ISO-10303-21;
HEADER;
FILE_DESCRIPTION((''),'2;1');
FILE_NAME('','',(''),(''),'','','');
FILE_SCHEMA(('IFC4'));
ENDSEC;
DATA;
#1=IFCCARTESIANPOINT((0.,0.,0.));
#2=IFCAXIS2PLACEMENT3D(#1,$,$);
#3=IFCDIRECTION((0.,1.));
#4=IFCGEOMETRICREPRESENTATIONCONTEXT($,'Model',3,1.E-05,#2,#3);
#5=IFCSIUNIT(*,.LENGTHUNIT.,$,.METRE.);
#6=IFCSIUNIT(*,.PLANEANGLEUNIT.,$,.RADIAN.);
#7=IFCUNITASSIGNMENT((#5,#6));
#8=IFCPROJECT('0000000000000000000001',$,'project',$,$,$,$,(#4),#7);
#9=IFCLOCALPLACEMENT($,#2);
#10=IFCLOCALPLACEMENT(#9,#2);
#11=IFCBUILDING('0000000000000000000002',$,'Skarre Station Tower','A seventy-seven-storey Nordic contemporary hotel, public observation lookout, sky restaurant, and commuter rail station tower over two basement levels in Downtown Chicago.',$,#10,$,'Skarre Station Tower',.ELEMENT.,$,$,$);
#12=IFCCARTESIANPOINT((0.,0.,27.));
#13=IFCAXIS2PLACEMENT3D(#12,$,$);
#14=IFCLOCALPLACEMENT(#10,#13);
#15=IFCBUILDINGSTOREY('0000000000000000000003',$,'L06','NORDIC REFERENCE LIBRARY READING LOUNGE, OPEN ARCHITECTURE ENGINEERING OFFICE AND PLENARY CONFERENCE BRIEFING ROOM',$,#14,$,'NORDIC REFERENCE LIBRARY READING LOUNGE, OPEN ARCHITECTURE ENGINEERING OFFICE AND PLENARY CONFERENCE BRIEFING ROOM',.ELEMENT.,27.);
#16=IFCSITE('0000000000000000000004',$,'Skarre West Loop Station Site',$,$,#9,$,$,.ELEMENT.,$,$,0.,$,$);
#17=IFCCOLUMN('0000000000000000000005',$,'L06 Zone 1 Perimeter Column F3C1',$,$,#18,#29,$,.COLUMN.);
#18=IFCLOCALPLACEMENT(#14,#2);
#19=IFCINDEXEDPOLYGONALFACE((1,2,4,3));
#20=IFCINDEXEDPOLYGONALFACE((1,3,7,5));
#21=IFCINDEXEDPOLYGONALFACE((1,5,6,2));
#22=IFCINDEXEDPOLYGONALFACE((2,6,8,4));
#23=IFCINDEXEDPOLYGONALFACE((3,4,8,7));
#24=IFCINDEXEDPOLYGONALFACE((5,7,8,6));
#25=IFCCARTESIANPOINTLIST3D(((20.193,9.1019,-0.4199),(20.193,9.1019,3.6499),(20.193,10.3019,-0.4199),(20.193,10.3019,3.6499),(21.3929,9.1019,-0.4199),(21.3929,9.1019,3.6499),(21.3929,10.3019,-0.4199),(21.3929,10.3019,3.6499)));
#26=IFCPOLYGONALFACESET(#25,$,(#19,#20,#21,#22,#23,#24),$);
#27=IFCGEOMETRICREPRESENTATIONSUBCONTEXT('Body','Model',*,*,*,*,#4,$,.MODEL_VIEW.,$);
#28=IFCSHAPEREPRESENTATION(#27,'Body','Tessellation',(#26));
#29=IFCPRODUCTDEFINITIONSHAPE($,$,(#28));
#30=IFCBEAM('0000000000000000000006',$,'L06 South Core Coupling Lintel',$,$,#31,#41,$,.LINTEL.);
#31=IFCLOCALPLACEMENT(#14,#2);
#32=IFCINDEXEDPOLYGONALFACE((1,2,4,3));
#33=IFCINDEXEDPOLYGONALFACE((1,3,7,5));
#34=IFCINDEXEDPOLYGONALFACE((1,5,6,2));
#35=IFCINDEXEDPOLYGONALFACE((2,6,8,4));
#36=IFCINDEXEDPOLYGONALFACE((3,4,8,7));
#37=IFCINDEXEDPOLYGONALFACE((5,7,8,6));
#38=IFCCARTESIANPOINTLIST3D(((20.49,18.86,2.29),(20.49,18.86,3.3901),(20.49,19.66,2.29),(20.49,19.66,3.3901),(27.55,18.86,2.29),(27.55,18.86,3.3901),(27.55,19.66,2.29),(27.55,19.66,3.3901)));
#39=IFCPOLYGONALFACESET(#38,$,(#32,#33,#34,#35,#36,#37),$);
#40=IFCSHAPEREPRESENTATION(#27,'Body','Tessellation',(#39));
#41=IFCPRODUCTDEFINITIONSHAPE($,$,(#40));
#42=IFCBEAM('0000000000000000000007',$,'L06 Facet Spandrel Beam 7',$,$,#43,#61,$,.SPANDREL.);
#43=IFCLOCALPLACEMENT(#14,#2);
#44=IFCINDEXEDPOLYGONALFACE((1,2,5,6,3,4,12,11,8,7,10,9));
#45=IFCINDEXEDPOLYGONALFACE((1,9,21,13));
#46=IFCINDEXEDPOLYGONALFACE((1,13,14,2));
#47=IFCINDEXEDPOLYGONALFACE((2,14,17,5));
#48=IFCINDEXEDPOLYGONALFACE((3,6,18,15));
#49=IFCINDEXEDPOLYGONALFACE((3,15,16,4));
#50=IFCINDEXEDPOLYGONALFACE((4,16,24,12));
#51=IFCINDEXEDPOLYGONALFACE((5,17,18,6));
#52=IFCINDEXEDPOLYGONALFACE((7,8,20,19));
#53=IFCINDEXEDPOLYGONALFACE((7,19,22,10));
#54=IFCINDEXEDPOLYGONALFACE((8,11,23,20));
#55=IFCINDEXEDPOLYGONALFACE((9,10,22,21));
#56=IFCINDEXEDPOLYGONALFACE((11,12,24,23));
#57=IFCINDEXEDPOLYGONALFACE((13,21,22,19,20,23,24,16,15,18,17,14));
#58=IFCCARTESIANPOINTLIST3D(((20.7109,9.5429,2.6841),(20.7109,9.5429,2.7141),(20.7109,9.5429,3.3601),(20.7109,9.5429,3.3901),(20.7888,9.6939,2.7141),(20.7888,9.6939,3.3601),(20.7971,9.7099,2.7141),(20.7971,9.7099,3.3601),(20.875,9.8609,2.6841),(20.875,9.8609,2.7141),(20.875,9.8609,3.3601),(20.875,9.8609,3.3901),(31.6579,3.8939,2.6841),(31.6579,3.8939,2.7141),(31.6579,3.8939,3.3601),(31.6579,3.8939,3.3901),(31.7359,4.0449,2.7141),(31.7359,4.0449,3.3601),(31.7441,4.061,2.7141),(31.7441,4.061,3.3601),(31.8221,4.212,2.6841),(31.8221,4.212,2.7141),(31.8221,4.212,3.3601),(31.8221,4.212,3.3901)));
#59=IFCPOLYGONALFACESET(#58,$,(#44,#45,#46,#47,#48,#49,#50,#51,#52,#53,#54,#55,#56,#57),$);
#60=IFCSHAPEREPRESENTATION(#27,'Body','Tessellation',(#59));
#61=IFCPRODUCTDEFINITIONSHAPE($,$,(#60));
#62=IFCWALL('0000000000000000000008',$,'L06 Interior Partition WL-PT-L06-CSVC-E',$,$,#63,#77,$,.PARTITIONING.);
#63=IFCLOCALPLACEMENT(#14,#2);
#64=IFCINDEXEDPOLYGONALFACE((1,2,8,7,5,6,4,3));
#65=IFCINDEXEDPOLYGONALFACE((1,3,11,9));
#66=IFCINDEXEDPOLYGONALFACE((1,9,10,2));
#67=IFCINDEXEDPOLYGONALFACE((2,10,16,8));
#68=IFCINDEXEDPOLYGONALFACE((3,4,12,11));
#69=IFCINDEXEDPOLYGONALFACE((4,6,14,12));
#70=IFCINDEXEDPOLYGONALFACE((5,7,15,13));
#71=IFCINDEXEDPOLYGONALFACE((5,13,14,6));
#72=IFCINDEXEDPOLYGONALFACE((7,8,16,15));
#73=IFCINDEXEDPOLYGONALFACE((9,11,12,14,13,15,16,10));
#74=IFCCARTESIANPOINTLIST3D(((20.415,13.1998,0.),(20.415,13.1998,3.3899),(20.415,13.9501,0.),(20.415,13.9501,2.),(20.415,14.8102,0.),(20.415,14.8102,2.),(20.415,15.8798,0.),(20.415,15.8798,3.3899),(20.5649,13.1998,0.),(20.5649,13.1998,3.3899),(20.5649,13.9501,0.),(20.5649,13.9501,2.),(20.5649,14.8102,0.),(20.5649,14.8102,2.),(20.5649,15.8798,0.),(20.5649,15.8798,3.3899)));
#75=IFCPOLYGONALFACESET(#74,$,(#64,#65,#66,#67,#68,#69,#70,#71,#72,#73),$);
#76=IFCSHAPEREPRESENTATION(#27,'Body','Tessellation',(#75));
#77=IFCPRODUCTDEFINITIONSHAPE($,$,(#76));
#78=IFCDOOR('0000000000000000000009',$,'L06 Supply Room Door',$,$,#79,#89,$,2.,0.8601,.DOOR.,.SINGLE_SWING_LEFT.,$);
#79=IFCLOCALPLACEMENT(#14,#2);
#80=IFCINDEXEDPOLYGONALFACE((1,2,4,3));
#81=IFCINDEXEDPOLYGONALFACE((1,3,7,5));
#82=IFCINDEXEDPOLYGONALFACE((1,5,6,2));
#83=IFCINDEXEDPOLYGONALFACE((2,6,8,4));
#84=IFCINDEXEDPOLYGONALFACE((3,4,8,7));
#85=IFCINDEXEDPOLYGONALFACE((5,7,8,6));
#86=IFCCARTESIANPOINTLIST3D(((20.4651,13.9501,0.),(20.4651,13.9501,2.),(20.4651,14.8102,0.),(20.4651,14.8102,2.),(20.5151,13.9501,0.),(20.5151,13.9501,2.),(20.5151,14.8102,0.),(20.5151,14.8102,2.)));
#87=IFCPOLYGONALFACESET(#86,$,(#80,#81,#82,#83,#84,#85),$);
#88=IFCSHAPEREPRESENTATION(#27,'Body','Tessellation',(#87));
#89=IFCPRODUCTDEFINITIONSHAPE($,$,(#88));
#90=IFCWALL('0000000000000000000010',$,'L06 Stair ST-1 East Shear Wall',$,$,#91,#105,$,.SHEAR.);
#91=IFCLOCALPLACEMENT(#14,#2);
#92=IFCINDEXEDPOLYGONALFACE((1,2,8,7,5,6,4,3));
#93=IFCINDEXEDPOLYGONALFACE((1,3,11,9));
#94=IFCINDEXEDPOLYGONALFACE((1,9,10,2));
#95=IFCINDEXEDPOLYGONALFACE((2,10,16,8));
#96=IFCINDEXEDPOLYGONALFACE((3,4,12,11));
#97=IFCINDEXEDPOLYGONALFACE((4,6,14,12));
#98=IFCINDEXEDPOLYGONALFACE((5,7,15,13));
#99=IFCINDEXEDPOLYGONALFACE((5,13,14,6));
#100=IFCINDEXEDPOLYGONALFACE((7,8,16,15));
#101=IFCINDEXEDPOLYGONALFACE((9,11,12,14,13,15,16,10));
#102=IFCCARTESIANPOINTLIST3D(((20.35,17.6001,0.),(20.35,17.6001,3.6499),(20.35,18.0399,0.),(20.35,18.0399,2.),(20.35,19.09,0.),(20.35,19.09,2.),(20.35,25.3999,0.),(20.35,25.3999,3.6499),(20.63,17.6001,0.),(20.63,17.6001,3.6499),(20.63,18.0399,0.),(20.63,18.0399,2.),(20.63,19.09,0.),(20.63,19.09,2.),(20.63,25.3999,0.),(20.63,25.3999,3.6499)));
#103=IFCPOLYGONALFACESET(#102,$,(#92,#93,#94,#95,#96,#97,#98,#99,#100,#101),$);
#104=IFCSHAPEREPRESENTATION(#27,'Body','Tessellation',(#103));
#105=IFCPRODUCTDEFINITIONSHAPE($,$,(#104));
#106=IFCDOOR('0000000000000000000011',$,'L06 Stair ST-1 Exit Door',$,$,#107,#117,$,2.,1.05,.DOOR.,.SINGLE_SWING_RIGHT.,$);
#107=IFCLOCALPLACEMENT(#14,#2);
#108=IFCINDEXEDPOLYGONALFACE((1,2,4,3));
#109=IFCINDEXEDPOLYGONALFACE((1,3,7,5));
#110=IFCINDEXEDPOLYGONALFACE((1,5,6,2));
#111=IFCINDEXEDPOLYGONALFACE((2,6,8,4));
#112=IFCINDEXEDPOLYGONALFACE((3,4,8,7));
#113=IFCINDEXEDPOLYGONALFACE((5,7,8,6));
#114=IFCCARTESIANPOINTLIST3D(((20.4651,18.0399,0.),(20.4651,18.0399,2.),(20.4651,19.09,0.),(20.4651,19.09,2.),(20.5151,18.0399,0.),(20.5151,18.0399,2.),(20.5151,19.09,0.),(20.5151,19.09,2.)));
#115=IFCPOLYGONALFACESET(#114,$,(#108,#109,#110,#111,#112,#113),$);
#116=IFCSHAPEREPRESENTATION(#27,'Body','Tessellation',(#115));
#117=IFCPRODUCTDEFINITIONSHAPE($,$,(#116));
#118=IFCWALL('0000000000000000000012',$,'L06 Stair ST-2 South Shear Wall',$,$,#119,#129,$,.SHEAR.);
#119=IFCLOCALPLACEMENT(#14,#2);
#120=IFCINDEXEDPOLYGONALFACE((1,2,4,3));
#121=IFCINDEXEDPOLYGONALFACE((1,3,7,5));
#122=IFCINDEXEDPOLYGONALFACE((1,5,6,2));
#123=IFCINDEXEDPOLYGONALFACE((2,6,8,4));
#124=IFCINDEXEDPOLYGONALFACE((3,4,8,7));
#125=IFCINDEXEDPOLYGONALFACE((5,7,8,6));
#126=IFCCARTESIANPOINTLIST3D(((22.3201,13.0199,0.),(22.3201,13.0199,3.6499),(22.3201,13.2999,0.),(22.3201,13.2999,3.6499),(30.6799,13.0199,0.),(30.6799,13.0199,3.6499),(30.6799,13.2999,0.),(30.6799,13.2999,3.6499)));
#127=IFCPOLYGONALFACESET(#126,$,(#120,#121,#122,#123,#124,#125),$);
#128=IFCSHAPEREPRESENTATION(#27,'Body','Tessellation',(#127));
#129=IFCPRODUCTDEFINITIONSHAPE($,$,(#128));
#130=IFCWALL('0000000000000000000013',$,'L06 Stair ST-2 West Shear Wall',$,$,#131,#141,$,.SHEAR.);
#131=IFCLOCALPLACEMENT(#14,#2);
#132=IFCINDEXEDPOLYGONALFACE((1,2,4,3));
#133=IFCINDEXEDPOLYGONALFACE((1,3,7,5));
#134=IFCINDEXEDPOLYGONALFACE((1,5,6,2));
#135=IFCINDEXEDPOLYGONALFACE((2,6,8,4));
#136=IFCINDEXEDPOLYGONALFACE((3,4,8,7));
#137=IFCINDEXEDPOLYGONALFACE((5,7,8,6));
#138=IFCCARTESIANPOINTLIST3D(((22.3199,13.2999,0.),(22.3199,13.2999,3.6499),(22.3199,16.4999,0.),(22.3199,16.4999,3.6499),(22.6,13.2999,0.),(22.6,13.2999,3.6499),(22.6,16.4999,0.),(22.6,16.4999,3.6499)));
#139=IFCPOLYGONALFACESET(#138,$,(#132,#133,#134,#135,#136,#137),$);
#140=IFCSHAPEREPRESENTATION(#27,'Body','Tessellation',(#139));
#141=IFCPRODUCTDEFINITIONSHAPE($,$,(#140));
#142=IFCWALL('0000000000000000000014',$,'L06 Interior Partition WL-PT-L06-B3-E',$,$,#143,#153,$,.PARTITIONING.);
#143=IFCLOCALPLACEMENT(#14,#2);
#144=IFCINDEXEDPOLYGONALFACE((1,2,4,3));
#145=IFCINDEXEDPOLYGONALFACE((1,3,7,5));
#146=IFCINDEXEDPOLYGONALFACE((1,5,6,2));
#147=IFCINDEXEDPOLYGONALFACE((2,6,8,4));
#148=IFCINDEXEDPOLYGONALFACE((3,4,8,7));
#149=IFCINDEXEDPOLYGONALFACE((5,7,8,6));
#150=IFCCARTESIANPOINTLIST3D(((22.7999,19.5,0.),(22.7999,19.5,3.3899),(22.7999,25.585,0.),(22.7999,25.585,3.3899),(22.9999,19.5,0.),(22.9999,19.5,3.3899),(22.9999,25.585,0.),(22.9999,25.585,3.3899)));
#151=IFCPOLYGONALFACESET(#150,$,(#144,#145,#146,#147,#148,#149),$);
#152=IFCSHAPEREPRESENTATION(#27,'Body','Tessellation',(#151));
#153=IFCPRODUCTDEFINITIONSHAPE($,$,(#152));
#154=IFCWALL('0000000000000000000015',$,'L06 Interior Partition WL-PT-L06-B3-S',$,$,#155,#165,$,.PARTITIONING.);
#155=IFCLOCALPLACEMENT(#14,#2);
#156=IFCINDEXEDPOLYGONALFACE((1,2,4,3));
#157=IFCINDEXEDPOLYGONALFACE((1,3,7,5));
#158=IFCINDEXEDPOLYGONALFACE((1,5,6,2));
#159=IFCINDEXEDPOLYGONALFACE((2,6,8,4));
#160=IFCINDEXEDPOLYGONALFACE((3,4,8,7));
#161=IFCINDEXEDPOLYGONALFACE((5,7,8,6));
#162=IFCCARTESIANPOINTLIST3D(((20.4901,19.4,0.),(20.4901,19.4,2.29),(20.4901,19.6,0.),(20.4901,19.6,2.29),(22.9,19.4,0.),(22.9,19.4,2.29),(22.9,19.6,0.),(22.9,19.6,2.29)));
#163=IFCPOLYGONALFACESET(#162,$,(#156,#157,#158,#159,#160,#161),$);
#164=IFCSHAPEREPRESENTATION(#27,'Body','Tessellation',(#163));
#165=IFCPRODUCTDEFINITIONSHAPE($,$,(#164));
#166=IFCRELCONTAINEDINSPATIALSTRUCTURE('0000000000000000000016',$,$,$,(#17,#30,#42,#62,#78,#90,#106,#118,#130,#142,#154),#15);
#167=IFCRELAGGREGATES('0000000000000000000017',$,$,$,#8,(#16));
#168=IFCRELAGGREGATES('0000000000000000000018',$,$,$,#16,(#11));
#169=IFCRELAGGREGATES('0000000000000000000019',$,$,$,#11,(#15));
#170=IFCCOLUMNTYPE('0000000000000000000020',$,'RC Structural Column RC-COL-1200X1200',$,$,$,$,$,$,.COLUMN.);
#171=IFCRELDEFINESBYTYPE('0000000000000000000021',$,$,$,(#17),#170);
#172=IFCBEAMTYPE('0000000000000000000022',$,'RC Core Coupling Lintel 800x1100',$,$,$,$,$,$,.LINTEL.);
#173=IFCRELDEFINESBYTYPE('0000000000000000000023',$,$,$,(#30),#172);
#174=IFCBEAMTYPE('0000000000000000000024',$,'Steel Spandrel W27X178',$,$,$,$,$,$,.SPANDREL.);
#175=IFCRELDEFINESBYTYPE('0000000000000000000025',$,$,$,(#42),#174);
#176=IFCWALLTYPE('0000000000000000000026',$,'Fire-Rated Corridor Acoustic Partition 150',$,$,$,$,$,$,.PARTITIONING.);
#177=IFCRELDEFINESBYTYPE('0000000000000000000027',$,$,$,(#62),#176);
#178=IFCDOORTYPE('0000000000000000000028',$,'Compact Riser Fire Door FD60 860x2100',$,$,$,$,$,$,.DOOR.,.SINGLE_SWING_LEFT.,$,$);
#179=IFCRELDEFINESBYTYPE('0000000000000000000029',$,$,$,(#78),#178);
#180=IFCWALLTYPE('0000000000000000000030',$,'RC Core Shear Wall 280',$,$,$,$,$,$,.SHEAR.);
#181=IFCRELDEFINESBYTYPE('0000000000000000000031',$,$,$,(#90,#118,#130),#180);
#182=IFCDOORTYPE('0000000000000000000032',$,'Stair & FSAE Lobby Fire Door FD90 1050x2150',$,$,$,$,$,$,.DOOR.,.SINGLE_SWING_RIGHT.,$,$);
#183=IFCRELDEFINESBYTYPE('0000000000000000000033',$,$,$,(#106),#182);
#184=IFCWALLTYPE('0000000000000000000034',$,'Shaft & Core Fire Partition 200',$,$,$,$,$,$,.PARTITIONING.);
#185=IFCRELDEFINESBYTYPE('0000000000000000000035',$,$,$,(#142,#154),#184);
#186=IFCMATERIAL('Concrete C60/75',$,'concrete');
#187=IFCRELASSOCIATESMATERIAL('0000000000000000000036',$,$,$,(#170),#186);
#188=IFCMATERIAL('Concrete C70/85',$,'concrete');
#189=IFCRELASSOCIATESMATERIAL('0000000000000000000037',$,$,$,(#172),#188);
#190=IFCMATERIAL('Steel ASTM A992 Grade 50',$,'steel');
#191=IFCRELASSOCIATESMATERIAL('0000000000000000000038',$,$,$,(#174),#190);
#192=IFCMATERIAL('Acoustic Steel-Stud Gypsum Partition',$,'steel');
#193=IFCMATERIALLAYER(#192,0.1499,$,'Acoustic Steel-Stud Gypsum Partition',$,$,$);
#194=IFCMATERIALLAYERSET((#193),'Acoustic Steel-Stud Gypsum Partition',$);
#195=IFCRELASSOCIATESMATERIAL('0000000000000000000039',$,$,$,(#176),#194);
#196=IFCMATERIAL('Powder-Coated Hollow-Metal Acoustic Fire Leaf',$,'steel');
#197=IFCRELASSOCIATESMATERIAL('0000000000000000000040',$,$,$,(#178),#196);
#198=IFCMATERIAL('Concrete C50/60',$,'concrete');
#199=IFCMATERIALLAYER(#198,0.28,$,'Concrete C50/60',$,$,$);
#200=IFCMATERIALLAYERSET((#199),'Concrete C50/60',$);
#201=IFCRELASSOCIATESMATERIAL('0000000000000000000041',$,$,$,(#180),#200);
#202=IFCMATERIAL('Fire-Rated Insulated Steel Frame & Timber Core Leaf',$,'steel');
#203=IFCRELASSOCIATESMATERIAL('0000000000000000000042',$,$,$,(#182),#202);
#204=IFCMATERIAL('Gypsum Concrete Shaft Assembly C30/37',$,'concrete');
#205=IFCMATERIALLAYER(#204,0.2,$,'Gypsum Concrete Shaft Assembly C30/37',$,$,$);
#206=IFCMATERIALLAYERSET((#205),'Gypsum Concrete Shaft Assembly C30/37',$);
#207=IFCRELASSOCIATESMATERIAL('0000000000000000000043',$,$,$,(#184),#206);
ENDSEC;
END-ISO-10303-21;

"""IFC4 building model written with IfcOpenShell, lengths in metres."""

from ifc_helpers import new_model, si_unit, direction, frame, frame_2d, origin, origin_2d, place, context, subcontext, project, spatial, rectangle, i_section, extrude, material, layer, layer_set, material_profile, profile_set, type_object, element, fill, save


model = new_model("IFC4")

# Units and contexts
model_context = context("Model", 3, precision=1e-05, world=origin(), true_north=direction((0.0, 1.0)))
body_context = subcontext(model_context, "Body", "Model", "MODEL_VIEW")
ifc_project = project(units=[si_unit("LENGTHUNIT", "METRE"), si_unit("PLANEANGLEUNIT", "RADIAN")], contexts=[model_context])

# Site, building, storey
site_placement = place(None, origin())
site = spatial("IfcSite", under=ifc_project, at=site_placement, Name="Skarre West Loop Station Site", CompositionType="ELEMENT", RefElevation=0.0)
building_placement = place(site_placement, origin())
building = spatial("IfcBuilding", under=site, at=building_placement, Name="Skarre Station Tower", Description="A seventy-seven-storey Nordic contemporary hotel, public observation lookout, sky restaurant, and commuter rail station tower over two basement levels in Downtown Chicago.", LongName="Skarre Station Tower", CompositionType="ELEMENT")
storey_placement = place(building_placement, frame((0.0, 0.0, 27.0)))
storey = spatial("IfcBuildingStorey", under=building, at=storey_placement, Name="L06", Description="NORDIC REFERENCE LIBRARY READING LOUNGE, OPEN ARCHITECTURE ENGINEERING OFFICE AND PLENARY CONFERENCE BRIEFING ROOM", LongName="NORDIC REFERENCE LIBRARY READING LOUNGE, OPEN ARCHITECTURE ENGINEERING OFFICE AND PLENARY CONFERENCE BRIEFING ROOM", CompositionType="ELEMENT", Elevation=27.0)

# Column
ifc_material_1 = material(Name="Concrete C60/75", Category="concrete")
ifc_material_profile_1 = material_profile(ifc_material_1, rectangle(XDim=1.2, YDim=1.2, at=origin_2d()), Name="Concrete C60/75")
ifc_profile_set_1 = profile_set([ifc_material_profile_1], Name="Concrete C60/75")
column_type = type_object("IfcColumnType", Name="RC Structural Column RC-COL-1200X1200", PredefinedType="COLUMN", material=ifc_profile_set_1)
column_placement = place(storey_placement, frame((20.793, 9.7019, -0.4199), z_axis=(0.0, 0.0, 1.0), x_axis=(1.0, 0.0, 0.0)))
element("IfcColumn", 1, at=column_placement, inside=storey, type_object=column_type, Name="L06 Zone 1 Perimeter Column F3C1", PredefinedType="COLUMN", context=body_context, shape_type="SweptSolid", body=[
    extrude(rectangle(XDim=1.2, YDim=1.2, at=origin_2d()), origin(), (0.0, 0.0, 1.0), 4.0698),
])

# Beams
ifc_material_2 = material(Name="Concrete C70/85", Category="concrete")
ifc_material_profile_2 = material_profile(ifc_material_2, rectangle(XDim=0.8, YDim=1.1001, at=origin_2d()), Name="Concrete C70/85")
ifc_profile_set_2 = profile_set([ifc_material_profile_2], Name="Concrete C70/85")
beam_type_1 = type_object("IfcBeamType", Name="RC Core Coupling Lintel 800x1100", PredefinedType="LINTEL", material=ifc_profile_set_2)
beam_1_placement = place(storey_placement, frame((20.49, 19.26, 2.8401), z_axis=(1.0, 0.0, 0.0), x_axis=(0.0, 1.0, 0.0)))
element("IfcBeam", 2, at=beam_1_placement, inside=storey, type_object=beam_type_1, Name="L06 South Core Coupling Lintel", PredefinedType="LINTEL", context=body_context, shape_type="SweptSolid", body=[
    extrude(rectangle(XDim=0.8, YDim=1.1001, at=origin_2d()), origin(), (0.0, 0.0, 1.0), 7.0601),
])
ifc_material_3 = material(Name="Steel ASTM A992 Grade 50", Category="steel")
ifc_material_profile_3 = material_profile(ifc_material_3, i_section(OverallWidth=0.3579, OverallDepth=0.7061, WebThickness=0.0181, FlangeThickness=0.03, at=origin_2d()), Name="Steel ASTM A992 Grade 50")
ifc_profile_set_3 = profile_set([ifc_material_profile_3], Name="Steel ASTM A992 Grade 50")
beam_type_2 = type_object("IfcBeamType", Name="Steel Spandrel W27X178", PredefinedType="SPANDREL", material=ifc_profile_set_3)
beam_2_placement = place(storey_placement, frame((20.793, 9.7019, 3.0371), z_axis=(0.888659, -0.458569, 0.0), x_axis=(0.458569, 0.888659, 0.0)))
element("IfcBeam", 3, at=beam_2_placement, inside=storey, type_object=beam_type_2, Name="L06 Facet Spandrel Beam 7", PredefinedType="SPANDREL", context=body_context, shape_type="SweptSolid", body=[
    extrude(i_section(OverallWidth=0.3579, OverallDepth=0.7061, WebThickness=0.0181, FlangeThickness=0.03, at=origin_2d()), origin(), (0.0, 0.0, 1.0), 12.3186),
])

# Walls, openings, doors
ifc_material_4 = material(Name="Acoustic Steel-Stud Gypsum Partition", Category="steel")
ifc_layer_1 = layer(ifc_material_4, 0.1499, Name="Acoustic Steel-Stud Gypsum Partition")
ifc_layer_set_1 = layer_set([ifc_layer_1], Name="Acoustic Steel-Stud Gypsum Partition")
wall_type_1 = type_object("IfcWallType", Name="Fire-Rated Corridor Acoustic Partition 150", PredefinedType="PARTITIONING", material=ifc_layer_set_1)
wall_1_placement = place(storey_placement, frame((20.49, 13.2, 0.0), z_axis=(0.0, 0.0, 1.0), x_axis=(0.0, 1.0, 0.0)))
wall_1 = element("IfcWall", 4, at=wall_1_placement, inside=storey, type_object=wall_type_1, Name="L06 Interior Partition WL-PT-L06-CSVC-E", PredefinedType="PARTITIONING", context=body_context, shape_type="SweptSolid", body=[
    extrude(rectangle(XDim=2.6799, YDim=0.1499, at=frame_2d((1.3398, 0.0))), origin(), (0.0, 0.0, 1.0), 3.3899),
])
opening_1_placement = place(wall_1_placement, frame((0.75, 0.0, 0.0)))
opening_1 = element("IfcOpeningElement", 5, at=opening_1_placement, cuts=wall_1, PredefinedType="OPENING", context=body_context, shape_type="SweptSolid", body=[
    extrude(rectangle(XDim=0.8601, YDim=2.0, at=frame_2d((0.4302, 1.0))), frame((0.0, 0.085, 0.0), z_axis=(0.0, -1.0, 0.0), x_axis=(1.0, 0.0, 0.0)), (0.0, 0.0, 1.0), 0.1699),
])
ifc_material_5 = material(Name="Powder-Coated Hollow-Metal Acoustic Fire Leaf", Category="steel")
door_type_1 = type_object("IfcDoorType", Name="Compact Riser Fire Door FD60 860x2100", OperationType="SINGLE_SWING_LEFT", PredefinedType="DOOR", material=ifc_material_5)
door_1_placement = place(opening_1_placement, origin())
door_1 = element("IfcDoor", 6, at=door_1_placement, inside=storey, type_object=door_type_1, Name="L06 Supply Room Door", OperationType="SINGLE_SWING_LEFT", OverallHeight=2.0, OverallWidth=0.8601, PredefinedType="DOOR", context=body_context, shape_type="SweptSolid", body=[
    extrude(rectangle(XDim=0.8601, YDim=2.0, at=frame_2d((0.4302, 1.0))), frame((0.0, 0.0249, 0.0), z_axis=(0.0, -1.0, 0.0), x_axis=(1.0, 0.0, 0.0)), (0.0, 0.0, 1.0), 0.05),
])
fill(opening_1, door_1)
ifc_material_6 = material(Name="Concrete C50/60", Category="concrete")
ifc_layer_2 = layer(ifc_material_6, 0.28, Name="Concrete C50/60")
ifc_layer_set_2 = layer_set([ifc_layer_2], Name="Concrete C50/60")
wall_type_2 = type_object("IfcWallType", Name="RC Core Shear Wall 280", PredefinedType="SHEAR", material=ifc_layer_set_2)
wall_2_placement = place(storey_placement, frame((20.49, 17.6001, 0.0), z_axis=(0.0, 0.0, 1.0), x_axis=(0.0, 1.0, 0.0)))
wall_2 = element("IfcWall", 7, at=wall_2_placement, inside=storey, type_object=wall_type_2, Name="L06 Stair ST-1 East Shear Wall", PredefinedType="SHEAR", context=body_context, shape_type="SweptSolid", body=[
    extrude(rectangle(XDim=7.7998, YDim=0.28, at=frame_2d((3.8999, 0.0))), origin(), (0.0, 0.0, 1.0), 3.6499),
])
opening_2_placement = place(wall_2_placement, frame((0.4399, 0.0, 0.0)))
opening_2 = element("IfcOpeningElement", 8, at=opening_2_placement, cuts=wall_2, PredefinedType="OPENING", context=body_context, shape_type="SweptSolid", body=[
    extrude(rectangle(XDim=1.05, YDim=2.0, at=frame_2d((0.5249, 1.0))), frame((0.0, 0.1499, 0.0), z_axis=(0.0, -1.0, 0.0), x_axis=(1.0, 0.0, 0.0)), (0.0, 0.0, 1.0), 0.3),
])
ifc_material_7 = material(Name="Fire-Rated Insulated Steel Frame & Timber Core Leaf", Category="steel")
door_type_2 = type_object("IfcDoorType", Name="Stair & FSAE Lobby Fire Door FD90 1050x2150", OperationType="SINGLE_SWING_RIGHT", PredefinedType="DOOR", material=ifc_material_7)
door_2_placement = place(opening_2_placement, origin())
door_2 = element("IfcDoor", 9, at=door_2_placement, inside=storey, type_object=door_type_2, Name="L06 Stair ST-1 Exit Door", OperationType="SINGLE_SWING_RIGHT", OverallHeight=2.0, OverallWidth=1.05, PredefinedType="DOOR", context=body_context, shape_type="SweptSolid", body=[
    extrude(rectangle(XDim=1.05, YDim=2.0, at=frame_2d((0.5249, 1.0))), frame((0.0, 0.0249, 0.0), z_axis=(0.0, -1.0, 0.0), x_axis=(1.0, 0.0, 0.0)), (0.0, 0.0, 1.0), 0.05),
])
fill(opening_2, door_2)

# Walls
wall_3_placement = place(storey_placement, frame((22.3201, 13.1599, 0.0), z_axis=(0.0, 0.0, 1.0), x_axis=(1.0, 0.0, 0.0)))
element("IfcWall", 10, at=wall_3_placement, inside=storey, type_object=wall_type_2, Name="L06 Stair ST-2 South Shear Wall", PredefinedType="SHEAR", context=body_context, shape_type="SweptSolid", body=[
    extrude(rectangle(XDim=8.3599, YDim=0.28, at=frame_2d((4.1799, 0.0))), origin(), (0.0, 0.0, 1.0), 3.6499),
])
wall_4_placement = place(storey_placement, frame((22.46, 16.5, 0.0), z_axis=(0.0, 0.0, 1.0), x_axis=(0.0, -1.0, 0.0)))
element("IfcWall", 11, at=wall_4_placement, inside=storey, type_object=wall_type_2, Name="L06 Stair ST-2 West Shear Wall", PredefinedType="SHEAR", context=body_context, shape_type="SweptSolid", body=[
    extrude(rectangle(XDim=3.2, YDim=0.28, at=frame_2d((1.6001, 0.0))), origin(), (0.0, 0.0, 1.0), 3.6499),
])
ifc_material_8 = material(Name="Gypsum Concrete Shaft Assembly C30/37", Category="concrete")
ifc_layer_3 = layer(ifc_material_8, 0.2, Name="Gypsum Concrete Shaft Assembly C30/37")
ifc_layer_set_3 = layer_set([ifc_layer_3], Name="Gypsum Concrete Shaft Assembly C30/37")
wall_type_3 = type_object("IfcWallType", Name="Shaft & Core Fire Partition 200", PredefinedType="PARTITIONING", material=ifc_layer_set_3)
wall_5_placement = place(storey_placement, frame((22.8999, 19.5, 0.0), z_axis=(0.0, 0.0, 1.0), x_axis=(0.0, 1.0, 0.0)))
element("IfcWall", 12, at=wall_5_placement, inside=storey, type_object=wall_type_3, Name="L06 Interior Partition WL-PT-L06-B3-E", PredefinedType="PARTITIONING", context=body_context, shape_type="SweptSolid", body=[
    extrude(rectangle(XDim=6.085, YDim=0.2, at=frame_2d((3.0425, 0.0))), origin(), (0.0, 0.0, 1.0), 3.3899),
])
wall_6_placement = place(storey_placement, frame((20.49, 19.5, 0.0), z_axis=(0.0, 0.0, 1.0), x_axis=(1.0, 0.0, 0.0)))
element("IfcWall", 13, at=wall_6_placement, inside=storey, type_object=wall_type_3, Name="L06 Interior Partition WL-PT-L06-B3-S", PredefinedType="PARTITIONING", context=body_context, shape_type="SweptSolid", body=[
    extrude(rectangle(XDim=2.4099, YDim=0.2, at=frame_2d((1.2051, 0.0))), origin(), (0.0, 0.0, 1.0), 2.29),
])

save(model, "model.ifc")
